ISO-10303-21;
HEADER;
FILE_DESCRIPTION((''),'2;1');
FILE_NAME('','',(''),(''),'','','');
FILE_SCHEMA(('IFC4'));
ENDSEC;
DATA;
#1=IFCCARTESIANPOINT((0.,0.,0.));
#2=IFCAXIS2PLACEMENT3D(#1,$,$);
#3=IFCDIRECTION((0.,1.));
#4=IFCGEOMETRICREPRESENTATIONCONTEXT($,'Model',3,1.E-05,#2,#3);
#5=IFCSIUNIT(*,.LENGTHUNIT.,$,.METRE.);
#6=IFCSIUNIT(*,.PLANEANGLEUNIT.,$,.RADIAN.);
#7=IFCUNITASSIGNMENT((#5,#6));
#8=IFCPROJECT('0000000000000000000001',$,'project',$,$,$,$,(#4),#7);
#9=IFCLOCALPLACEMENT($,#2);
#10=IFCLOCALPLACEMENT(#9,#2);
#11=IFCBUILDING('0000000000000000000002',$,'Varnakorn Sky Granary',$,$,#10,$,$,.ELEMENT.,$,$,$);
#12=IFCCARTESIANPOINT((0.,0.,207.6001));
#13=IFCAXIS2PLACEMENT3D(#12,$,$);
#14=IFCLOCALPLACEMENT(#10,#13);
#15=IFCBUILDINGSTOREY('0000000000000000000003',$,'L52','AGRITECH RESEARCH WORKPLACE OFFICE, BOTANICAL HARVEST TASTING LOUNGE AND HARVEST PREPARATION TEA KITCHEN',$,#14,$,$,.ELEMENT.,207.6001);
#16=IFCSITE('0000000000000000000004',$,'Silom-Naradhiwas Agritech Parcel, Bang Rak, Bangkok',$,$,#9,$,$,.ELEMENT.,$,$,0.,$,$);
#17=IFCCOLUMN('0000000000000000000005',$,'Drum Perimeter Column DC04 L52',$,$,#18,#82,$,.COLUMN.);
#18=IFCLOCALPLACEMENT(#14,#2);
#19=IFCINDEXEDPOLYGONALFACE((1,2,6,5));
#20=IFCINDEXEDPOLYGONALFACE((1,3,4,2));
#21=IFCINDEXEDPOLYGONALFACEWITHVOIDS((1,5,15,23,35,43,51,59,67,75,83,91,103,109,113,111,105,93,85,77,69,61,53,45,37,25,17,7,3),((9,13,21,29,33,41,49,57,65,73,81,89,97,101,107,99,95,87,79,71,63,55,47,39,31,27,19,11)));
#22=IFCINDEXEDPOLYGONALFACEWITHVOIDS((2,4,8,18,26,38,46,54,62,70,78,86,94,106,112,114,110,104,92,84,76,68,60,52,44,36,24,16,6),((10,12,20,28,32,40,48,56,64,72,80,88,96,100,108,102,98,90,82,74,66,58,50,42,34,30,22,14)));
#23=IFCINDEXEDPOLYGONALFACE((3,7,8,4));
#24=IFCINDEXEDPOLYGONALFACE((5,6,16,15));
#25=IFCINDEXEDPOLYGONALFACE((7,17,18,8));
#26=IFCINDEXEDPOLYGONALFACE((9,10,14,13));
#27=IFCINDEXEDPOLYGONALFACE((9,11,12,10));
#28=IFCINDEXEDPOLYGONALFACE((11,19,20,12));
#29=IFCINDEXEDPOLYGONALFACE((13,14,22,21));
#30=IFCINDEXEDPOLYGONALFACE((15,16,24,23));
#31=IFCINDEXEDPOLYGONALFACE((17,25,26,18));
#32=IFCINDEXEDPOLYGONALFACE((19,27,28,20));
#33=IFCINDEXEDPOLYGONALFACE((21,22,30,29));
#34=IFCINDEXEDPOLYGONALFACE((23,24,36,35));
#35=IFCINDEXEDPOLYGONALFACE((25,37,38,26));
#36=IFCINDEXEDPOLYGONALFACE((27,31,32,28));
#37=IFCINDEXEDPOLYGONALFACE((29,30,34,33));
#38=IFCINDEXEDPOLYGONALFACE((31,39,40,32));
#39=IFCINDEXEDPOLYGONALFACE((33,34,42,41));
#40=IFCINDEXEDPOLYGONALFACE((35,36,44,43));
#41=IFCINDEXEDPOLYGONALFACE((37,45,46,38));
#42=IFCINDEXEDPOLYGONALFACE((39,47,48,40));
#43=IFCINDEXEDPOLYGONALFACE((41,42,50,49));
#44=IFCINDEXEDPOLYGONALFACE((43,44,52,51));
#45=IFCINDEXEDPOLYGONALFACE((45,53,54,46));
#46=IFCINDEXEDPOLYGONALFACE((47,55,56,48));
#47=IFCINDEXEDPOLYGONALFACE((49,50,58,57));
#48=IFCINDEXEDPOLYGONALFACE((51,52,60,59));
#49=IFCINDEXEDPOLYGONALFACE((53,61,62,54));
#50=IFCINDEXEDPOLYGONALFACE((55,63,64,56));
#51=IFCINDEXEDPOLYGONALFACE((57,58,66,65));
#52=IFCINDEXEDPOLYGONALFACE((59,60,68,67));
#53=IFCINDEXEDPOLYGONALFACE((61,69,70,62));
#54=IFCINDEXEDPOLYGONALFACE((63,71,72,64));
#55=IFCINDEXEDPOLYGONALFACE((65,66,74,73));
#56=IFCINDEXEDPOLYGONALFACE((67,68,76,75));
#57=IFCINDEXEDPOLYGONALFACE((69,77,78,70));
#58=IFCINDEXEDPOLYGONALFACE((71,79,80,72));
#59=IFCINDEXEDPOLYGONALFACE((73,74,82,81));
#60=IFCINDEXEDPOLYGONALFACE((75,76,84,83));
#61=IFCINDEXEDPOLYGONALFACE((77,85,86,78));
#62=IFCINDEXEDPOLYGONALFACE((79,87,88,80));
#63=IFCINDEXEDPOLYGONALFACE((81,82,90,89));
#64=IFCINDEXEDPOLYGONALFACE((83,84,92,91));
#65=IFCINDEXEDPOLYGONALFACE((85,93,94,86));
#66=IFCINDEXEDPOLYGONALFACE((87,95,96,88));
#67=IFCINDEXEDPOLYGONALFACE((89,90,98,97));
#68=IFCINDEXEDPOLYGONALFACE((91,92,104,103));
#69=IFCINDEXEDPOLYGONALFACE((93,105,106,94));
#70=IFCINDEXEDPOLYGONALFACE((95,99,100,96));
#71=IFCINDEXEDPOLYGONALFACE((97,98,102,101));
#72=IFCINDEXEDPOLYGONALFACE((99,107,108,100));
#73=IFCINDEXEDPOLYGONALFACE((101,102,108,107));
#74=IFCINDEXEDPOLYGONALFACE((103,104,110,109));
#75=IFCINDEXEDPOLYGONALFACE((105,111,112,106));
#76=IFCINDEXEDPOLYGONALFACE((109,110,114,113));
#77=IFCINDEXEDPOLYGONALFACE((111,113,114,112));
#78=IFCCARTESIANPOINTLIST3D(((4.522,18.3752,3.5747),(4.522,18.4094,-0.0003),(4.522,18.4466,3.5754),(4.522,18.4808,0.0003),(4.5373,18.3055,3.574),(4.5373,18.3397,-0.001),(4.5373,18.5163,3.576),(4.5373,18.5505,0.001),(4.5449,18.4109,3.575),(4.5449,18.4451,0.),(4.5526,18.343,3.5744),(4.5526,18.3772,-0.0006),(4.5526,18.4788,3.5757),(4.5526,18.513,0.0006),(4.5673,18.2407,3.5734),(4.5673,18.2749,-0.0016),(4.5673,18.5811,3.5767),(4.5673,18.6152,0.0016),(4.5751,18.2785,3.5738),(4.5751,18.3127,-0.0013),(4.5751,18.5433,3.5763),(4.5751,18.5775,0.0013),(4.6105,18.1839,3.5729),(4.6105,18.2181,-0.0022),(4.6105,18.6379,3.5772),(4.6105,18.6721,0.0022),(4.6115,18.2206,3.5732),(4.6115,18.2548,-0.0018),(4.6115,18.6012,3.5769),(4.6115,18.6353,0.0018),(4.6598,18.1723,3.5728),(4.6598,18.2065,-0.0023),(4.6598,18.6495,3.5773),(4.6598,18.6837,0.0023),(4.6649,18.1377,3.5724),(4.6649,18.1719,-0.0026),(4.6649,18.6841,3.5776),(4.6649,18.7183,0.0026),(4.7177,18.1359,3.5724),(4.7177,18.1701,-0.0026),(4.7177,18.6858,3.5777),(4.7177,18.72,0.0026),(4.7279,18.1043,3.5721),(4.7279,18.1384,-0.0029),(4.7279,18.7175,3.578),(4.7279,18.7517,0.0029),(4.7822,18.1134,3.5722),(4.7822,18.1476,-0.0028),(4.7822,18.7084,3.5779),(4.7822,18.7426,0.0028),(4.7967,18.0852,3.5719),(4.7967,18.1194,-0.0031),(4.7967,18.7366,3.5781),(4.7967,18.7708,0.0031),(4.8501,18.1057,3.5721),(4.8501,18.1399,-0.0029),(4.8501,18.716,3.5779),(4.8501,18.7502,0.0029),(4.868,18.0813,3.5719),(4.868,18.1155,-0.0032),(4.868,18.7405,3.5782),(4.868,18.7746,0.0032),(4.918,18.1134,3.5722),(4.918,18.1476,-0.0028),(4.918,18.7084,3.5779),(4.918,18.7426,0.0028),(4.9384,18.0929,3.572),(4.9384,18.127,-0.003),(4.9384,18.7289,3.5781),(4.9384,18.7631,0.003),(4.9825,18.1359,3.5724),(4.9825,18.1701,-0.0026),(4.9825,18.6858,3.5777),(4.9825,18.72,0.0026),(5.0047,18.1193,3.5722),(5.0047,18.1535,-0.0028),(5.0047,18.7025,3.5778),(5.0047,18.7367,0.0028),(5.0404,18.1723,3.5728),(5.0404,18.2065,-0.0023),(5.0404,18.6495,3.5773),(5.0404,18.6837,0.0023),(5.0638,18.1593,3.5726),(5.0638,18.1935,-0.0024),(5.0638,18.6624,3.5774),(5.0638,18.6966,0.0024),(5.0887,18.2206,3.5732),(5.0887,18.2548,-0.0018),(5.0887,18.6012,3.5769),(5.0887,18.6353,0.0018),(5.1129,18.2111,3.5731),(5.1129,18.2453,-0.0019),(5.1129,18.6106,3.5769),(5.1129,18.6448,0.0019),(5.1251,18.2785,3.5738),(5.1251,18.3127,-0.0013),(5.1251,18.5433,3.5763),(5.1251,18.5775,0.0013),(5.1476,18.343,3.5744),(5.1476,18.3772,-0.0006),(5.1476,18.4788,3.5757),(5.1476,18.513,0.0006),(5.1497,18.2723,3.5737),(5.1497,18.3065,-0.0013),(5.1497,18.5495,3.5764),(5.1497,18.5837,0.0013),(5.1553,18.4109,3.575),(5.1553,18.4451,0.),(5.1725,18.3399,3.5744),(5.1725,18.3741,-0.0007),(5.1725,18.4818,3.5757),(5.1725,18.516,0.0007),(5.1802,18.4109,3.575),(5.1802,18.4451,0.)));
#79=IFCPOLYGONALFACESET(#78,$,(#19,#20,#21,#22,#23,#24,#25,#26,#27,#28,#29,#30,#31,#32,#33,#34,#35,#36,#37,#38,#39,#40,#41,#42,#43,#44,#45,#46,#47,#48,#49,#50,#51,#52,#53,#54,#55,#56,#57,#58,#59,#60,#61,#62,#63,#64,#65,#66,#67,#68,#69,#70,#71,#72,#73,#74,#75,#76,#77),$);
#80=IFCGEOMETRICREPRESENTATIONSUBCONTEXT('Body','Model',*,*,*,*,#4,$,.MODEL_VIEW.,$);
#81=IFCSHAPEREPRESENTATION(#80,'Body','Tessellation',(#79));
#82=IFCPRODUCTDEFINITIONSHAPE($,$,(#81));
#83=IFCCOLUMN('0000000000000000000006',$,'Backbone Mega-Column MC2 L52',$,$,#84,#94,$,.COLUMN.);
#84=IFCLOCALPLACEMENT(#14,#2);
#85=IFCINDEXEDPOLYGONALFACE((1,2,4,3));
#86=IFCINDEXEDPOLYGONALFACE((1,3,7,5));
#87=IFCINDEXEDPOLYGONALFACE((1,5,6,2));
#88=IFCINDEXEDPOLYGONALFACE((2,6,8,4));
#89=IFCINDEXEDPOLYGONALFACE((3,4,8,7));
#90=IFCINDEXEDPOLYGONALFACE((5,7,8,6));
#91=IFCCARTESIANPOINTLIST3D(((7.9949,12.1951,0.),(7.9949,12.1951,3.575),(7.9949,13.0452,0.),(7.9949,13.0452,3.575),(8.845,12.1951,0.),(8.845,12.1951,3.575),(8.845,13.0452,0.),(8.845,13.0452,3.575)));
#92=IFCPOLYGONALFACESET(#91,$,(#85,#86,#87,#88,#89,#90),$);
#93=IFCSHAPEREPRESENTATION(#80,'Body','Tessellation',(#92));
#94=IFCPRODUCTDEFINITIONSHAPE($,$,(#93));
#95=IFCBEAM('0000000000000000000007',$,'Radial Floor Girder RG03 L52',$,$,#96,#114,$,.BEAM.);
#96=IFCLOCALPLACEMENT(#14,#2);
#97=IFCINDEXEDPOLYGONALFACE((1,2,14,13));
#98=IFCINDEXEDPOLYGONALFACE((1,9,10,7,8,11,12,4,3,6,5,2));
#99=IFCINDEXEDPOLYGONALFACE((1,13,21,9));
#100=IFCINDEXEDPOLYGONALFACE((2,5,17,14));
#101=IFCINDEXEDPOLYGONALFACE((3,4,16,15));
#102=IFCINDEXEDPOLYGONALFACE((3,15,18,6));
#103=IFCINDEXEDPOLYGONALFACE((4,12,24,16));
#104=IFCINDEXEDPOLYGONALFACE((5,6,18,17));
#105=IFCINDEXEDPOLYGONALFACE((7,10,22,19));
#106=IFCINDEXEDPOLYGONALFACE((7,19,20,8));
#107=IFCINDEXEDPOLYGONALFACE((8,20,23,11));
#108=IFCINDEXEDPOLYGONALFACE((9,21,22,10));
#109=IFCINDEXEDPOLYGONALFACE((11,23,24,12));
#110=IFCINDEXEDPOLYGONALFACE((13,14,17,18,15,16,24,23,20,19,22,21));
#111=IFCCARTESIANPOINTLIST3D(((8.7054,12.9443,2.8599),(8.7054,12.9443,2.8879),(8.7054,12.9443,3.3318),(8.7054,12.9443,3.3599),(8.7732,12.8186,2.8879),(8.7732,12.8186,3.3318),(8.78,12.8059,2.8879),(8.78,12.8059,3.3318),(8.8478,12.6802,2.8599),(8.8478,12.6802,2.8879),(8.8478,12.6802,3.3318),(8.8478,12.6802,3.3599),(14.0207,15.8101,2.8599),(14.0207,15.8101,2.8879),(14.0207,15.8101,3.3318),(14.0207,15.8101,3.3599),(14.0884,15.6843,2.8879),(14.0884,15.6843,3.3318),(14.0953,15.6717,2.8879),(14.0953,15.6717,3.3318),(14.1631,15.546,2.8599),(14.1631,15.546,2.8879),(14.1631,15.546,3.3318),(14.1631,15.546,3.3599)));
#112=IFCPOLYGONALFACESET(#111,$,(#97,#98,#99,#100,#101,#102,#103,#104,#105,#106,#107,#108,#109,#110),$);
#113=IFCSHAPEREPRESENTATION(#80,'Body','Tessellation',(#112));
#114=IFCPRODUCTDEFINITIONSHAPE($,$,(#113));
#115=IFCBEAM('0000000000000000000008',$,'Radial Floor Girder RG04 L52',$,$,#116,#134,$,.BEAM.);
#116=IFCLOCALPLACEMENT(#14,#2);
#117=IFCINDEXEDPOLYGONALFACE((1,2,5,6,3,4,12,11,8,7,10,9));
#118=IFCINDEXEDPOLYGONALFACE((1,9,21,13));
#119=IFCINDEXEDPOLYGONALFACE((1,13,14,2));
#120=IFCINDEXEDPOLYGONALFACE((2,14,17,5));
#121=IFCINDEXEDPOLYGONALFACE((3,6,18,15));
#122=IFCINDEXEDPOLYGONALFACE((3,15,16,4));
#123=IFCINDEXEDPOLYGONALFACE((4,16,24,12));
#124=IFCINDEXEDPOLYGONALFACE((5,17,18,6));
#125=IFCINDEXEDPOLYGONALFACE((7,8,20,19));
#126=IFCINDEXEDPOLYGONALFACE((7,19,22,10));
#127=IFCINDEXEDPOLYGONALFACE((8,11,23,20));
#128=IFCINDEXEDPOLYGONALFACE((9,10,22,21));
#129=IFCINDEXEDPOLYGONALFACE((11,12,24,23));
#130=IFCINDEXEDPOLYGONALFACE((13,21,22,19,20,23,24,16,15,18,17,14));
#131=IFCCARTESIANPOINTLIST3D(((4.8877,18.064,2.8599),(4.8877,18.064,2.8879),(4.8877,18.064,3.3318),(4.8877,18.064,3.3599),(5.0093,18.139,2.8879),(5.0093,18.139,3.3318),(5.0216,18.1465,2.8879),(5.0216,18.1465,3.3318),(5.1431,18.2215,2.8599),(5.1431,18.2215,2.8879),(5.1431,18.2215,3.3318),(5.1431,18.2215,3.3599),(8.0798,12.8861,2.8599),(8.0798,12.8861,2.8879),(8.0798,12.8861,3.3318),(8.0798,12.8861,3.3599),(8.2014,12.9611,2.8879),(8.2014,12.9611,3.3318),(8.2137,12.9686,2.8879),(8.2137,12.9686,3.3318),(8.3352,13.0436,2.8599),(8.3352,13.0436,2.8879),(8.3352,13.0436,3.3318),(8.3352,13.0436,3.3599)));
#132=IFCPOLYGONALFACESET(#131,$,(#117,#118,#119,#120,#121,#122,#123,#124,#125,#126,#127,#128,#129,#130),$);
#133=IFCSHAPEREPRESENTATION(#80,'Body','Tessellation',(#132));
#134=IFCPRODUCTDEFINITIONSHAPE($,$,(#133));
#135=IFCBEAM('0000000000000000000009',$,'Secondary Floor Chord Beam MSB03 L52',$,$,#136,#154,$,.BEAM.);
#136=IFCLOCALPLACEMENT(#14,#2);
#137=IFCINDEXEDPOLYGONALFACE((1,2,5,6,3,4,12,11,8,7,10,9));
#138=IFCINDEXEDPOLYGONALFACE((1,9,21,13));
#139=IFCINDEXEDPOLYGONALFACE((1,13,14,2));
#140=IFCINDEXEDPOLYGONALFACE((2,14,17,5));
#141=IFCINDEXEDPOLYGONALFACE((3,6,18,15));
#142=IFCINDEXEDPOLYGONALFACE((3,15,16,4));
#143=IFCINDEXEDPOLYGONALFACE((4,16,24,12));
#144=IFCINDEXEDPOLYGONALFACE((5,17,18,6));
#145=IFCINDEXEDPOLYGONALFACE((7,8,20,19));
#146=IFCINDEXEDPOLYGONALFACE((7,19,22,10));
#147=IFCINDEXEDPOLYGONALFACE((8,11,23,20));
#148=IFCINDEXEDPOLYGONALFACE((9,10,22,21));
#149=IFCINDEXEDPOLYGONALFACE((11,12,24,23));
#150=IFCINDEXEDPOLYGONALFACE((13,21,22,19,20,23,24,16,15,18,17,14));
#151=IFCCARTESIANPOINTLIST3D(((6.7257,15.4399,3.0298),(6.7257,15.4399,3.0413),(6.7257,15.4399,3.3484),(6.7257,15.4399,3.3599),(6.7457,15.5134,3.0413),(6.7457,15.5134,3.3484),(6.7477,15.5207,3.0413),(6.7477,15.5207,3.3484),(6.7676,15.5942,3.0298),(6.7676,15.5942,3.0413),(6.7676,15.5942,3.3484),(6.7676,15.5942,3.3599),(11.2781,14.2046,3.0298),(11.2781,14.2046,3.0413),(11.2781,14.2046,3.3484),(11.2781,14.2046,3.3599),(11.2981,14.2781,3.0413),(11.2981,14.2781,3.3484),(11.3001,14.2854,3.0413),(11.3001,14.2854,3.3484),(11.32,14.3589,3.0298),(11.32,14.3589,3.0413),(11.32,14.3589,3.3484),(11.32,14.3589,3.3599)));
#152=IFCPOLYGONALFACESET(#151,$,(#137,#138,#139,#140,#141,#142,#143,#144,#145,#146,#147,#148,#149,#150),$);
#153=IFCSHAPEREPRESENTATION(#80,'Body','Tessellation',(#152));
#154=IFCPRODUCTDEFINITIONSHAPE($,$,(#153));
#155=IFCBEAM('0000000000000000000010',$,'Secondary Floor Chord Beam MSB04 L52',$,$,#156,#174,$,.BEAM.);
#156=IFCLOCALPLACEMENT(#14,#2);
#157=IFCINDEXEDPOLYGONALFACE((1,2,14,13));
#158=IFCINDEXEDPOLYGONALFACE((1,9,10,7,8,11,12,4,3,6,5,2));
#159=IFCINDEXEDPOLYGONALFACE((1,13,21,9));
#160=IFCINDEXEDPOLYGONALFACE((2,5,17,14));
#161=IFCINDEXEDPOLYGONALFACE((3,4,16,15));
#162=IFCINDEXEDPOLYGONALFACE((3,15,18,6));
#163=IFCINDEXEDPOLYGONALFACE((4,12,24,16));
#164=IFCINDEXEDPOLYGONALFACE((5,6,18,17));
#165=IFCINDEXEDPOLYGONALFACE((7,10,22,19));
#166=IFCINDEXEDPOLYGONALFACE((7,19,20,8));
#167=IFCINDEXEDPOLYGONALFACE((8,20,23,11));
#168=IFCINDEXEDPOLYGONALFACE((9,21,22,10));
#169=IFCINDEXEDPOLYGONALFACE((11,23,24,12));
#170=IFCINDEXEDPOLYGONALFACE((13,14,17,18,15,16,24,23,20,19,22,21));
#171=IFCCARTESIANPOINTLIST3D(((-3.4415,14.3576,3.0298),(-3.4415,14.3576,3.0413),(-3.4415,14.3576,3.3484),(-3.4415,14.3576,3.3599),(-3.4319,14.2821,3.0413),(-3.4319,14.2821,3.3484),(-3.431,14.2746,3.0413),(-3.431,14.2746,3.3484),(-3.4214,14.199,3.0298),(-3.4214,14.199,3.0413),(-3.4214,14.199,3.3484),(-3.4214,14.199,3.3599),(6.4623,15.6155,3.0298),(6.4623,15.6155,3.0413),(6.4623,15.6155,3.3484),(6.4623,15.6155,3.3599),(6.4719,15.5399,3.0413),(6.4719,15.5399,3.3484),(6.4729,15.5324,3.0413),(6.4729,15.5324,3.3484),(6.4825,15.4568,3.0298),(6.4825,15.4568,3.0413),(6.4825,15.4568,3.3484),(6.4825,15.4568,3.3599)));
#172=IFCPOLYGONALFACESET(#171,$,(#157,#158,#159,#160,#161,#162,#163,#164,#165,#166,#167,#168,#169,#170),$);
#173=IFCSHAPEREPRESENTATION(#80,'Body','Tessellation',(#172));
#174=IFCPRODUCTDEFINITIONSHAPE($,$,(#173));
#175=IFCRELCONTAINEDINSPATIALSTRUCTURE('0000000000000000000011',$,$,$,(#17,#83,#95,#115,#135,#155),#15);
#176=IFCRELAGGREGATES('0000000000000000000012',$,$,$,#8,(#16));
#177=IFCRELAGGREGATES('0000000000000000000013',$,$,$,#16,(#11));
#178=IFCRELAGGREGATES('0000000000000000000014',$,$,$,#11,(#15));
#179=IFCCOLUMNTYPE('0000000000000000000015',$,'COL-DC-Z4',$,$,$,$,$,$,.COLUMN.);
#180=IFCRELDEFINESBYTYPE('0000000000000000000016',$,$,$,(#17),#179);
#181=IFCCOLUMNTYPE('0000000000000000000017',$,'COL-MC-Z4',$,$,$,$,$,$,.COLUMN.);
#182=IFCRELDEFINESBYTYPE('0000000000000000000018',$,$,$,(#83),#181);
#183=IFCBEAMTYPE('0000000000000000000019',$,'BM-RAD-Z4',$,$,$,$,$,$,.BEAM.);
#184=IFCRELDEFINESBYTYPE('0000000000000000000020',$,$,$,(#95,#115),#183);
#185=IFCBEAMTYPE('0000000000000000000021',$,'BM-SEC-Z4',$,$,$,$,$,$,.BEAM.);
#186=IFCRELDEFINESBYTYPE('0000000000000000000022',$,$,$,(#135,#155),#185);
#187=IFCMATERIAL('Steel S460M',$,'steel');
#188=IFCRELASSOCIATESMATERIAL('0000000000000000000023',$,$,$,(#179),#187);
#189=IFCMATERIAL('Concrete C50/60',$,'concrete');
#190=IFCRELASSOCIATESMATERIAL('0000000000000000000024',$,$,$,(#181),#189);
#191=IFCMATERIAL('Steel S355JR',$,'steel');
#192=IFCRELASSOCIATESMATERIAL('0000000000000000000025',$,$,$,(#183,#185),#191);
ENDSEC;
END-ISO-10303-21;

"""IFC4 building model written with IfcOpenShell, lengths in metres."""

from ifc_helpers import new_model, si_unit, direction, frame, origin, origin_2d, place, context, subcontext, project, spatial, rectangle, hollow_circle, i_section, extrude, material, material_profile, profile_set, type_object, element, save


model = new_model("IFC4")

# Units and contexts
model_context = context("Model", 3, precision=1e-05, world=origin(), true_north=direction((0.0, 1.0)))
body_context = subcontext(model_context, "Body", "Model", "MODEL_VIEW")
ifc_project = project(units=[si_unit("LENGTHUNIT", "METRE"), si_unit("PLANEANGLEUNIT", "RADIAN")], contexts=[model_context])

# Site, building, storey
site_placement = place(None, origin())
site = spatial("IfcSite", under=ifc_project, at=site_placement, Name="Silom-Naradhiwas Agritech Parcel, Bang Rak, Bangkok", CompositionType="ELEMENT", RefElevation=0.0)
building_placement = place(site_placement, origin())
building = spatial("IfcBuilding", under=site, at=building_placement, Name="Varnakorn Sky Granary", CompositionType="ELEMENT")
storey_placement = place(building_placement, frame((0.0, 0.0, 207.6001)))
storey = spatial("IfcBuildingStorey", under=building, at=storey_placement, Name="L52", Description="AGRITECH RESEARCH WORKPLACE OFFICE, BOTANICAL HARVEST TASTING LOUNGE AND HARVEST PREPARATION TEA KITCHEN", CompositionType="ELEMENT", Elevation=207.6001)

# Columns
ifc_material_1 = material(Name="Steel S460M", Category="steel")
ifc_material_profile_1 = material_profile(ifc_material_1, hollow_circle(Radius=0.3301, WallThickness=0.0249, at=origin_2d()), Name="CHS 660x25")
ifc_profile_set_1 = profile_set([ifc_material_profile_1], Name="Steel S460M")
column_type_1 = type_object("IfcColumnType", Name="COL-DC-Z4", PredefinedType="COLUMN", material=ifc_profile_set_1)
column_1_placement = place(storey_placement, frame((4.8501, 18.4451, 0.0), z_axis=(0.0, -0.00956, 0.999954), x_axis=(1.0, 0.0, 0.0)))
element("IfcColumn", 1, at=column_1_placement, inside=storey, type_object=column_type_1, Name="Drum Perimeter Column DC04 L52", PredefinedType="COLUMN", context=body_context, shape_type="SweptSolid", body=[
    extrude(hollow_circle(Radius=0.3301, WallThickness=0.0249, at=origin_2d()), origin(), (0.0, 0.0, 1.0), 3.5752),
])
ifc_material_2 = material(Name="Concrete C50/60", Category="concrete")
ifc_material_profile_2 = material_profile(ifc_material_2, rectangle(XDim=0.8501, YDim=0.8501, at=origin_2d()), Name="RC 850x850")
ifc_profile_set_2 = profile_set([ifc_material_profile_2], Name="Concrete C50/60")
column_type_2 = type_object("IfcColumnType", Name="COL-MC-Z4", PredefinedType="COLUMN", material=ifc_profile_set_2)
column_2_placement = place(storey_placement, frame((8.4199, 12.6201, 0.0), z_axis=(0.0, 0.0, 1.0), x_axis=(1.0, 0.0, 0.0)))
element("IfcColumn", 2, at=column_2_placement, inside=storey, type_object=column_type_2, Name="Backbone Mega-Column MC2 L52", PredefinedType="COLUMN", context=body_context, shape_type="SweptSolid", body=[
    extrude(rectangle(XDim=0.8501, YDim=0.8501, at=origin_2d()), origin(), (0.0, 0.0, 1.0), 3.575),
])

# Beams
ifc_material_3 = material(Name="Steel S355JR", Category="steel")
ifc_material_profile_3 = material_profile(ifc_material_3, i_section(OverallWidth=0.3, OverallDepth=0.5, WebThickness=0.0144, FlangeThickness=0.0281, at=origin_2d()), Name="HE 500 B")
ifc_profile_set_3 = profile_set([ifc_material_profile_3], Name="Steel S355JR")
beam_type_1 = type_object("IfcBeamType", Name="BM-RAD-Z4", PredefinedType="BEAM", material=ifc_profile_set_3)
beam_1_placement = place(storey_placement, frame((8.7766, 12.8123, 3.1099), z_axis=(0.880215, 0.474575, 0.0), x_axis=(-0.474575, 0.880215, 0.0)))
element("IfcBeam", 3, at=beam_1_placement, inside=storey, type_object=beam_type_1, Name="Radial Floor Girder RG03 L52", PredefinedType="BEAM", context=body_context, shape_type="SweptSolid", body=[
    extrude(i_section(OverallWidth=0.3, OverallDepth=0.5, WebThickness=0.0144, FlangeThickness=0.0281, at=origin_2d()), origin(), (0.0, 0.0, 1.0), 6.0386),
])
beam_2_placement = place(storey_placement, frame((8.2075, 12.9648, 3.1099), z_axis=(-0.524776, 0.85124, 0.0), x_axis=(-0.85124, -0.524776, 0.0)))
element("IfcBeam", 4, at=beam_2_placement, inside=storey, type_object=beam_type_1, Name="Radial Floor Girder RG04 L52", PredefinedType="BEAM", context=body_context, shape_type="SweptSolid", body=[
    extrude(i_section(OverallWidth=0.3, OverallDepth=0.5, WebThickness=0.0144, FlangeThickness=0.0281, at=origin_2d()), origin(), (0.0, 0.0, 1.0), 6.0828),
])
ifc_material_profile_4 = material_profile(ifc_material_3, i_section(OverallWidth=0.1599, OverallDepth=0.3301, WebThickness=0.0076, FlangeThickness=0.0115, at=origin_2d()), Name="IPE 330")
ifc_profile_set_4 = profile_set([ifc_material_profile_4], Name="Steel S355JR")
beam_type_2 = type_object("IfcBeamType", Name="BM-SEC-Z4", PredefinedType="BEAM", material=ifc_profile_set_4)
beam_3_placement = place(storey_placement, frame((11.2991, 14.2817, 3.1948), z_axis=(-0.965099, 0.261887, 0.0), x_axis=(-0.261887, -0.965099, 0.0)))
element("IfcBeam", 5, at=beam_3_placement, inside=storey, type_object=beam_type_2, Name="Secondary Floor Chord Beam MSB03 L52", PredefinedType="BEAM", context=body_context, shape_type="SweptSolid", body=[
    extrude(i_section(OverallWidth=0.1599, OverallDepth=0.3301, WebThickness=0.0076, FlangeThickness=0.0115, at=origin_2d()), origin(), (0.0, 0.0, 1.0), 4.717),
])
beam_4_placement = place(storey_placement, frame((6.4724, 15.5361, 3.1948), z_axis=(-0.992031, -0.125991, 0.0), x_axis=(0.125991, -0.992031, 0.0)))
element("IfcBeam", 6, at=beam_4_placement, inside=storey, type_object=beam_type_2, Name="Secondary Floor Chord Beam MSB04 L52", PredefinedType="BEAM", context=body_context, shape_type="SweptSolid", body=[
    extrude(i_section(OverallWidth=0.1599, OverallDepth=0.3301, WebThickness=0.0076, FlangeThickness=0.0115, at=origin_2d()), origin(), (0.0, 0.0, 1.0), 9.9834),
])

save(model, "model.ifc")
